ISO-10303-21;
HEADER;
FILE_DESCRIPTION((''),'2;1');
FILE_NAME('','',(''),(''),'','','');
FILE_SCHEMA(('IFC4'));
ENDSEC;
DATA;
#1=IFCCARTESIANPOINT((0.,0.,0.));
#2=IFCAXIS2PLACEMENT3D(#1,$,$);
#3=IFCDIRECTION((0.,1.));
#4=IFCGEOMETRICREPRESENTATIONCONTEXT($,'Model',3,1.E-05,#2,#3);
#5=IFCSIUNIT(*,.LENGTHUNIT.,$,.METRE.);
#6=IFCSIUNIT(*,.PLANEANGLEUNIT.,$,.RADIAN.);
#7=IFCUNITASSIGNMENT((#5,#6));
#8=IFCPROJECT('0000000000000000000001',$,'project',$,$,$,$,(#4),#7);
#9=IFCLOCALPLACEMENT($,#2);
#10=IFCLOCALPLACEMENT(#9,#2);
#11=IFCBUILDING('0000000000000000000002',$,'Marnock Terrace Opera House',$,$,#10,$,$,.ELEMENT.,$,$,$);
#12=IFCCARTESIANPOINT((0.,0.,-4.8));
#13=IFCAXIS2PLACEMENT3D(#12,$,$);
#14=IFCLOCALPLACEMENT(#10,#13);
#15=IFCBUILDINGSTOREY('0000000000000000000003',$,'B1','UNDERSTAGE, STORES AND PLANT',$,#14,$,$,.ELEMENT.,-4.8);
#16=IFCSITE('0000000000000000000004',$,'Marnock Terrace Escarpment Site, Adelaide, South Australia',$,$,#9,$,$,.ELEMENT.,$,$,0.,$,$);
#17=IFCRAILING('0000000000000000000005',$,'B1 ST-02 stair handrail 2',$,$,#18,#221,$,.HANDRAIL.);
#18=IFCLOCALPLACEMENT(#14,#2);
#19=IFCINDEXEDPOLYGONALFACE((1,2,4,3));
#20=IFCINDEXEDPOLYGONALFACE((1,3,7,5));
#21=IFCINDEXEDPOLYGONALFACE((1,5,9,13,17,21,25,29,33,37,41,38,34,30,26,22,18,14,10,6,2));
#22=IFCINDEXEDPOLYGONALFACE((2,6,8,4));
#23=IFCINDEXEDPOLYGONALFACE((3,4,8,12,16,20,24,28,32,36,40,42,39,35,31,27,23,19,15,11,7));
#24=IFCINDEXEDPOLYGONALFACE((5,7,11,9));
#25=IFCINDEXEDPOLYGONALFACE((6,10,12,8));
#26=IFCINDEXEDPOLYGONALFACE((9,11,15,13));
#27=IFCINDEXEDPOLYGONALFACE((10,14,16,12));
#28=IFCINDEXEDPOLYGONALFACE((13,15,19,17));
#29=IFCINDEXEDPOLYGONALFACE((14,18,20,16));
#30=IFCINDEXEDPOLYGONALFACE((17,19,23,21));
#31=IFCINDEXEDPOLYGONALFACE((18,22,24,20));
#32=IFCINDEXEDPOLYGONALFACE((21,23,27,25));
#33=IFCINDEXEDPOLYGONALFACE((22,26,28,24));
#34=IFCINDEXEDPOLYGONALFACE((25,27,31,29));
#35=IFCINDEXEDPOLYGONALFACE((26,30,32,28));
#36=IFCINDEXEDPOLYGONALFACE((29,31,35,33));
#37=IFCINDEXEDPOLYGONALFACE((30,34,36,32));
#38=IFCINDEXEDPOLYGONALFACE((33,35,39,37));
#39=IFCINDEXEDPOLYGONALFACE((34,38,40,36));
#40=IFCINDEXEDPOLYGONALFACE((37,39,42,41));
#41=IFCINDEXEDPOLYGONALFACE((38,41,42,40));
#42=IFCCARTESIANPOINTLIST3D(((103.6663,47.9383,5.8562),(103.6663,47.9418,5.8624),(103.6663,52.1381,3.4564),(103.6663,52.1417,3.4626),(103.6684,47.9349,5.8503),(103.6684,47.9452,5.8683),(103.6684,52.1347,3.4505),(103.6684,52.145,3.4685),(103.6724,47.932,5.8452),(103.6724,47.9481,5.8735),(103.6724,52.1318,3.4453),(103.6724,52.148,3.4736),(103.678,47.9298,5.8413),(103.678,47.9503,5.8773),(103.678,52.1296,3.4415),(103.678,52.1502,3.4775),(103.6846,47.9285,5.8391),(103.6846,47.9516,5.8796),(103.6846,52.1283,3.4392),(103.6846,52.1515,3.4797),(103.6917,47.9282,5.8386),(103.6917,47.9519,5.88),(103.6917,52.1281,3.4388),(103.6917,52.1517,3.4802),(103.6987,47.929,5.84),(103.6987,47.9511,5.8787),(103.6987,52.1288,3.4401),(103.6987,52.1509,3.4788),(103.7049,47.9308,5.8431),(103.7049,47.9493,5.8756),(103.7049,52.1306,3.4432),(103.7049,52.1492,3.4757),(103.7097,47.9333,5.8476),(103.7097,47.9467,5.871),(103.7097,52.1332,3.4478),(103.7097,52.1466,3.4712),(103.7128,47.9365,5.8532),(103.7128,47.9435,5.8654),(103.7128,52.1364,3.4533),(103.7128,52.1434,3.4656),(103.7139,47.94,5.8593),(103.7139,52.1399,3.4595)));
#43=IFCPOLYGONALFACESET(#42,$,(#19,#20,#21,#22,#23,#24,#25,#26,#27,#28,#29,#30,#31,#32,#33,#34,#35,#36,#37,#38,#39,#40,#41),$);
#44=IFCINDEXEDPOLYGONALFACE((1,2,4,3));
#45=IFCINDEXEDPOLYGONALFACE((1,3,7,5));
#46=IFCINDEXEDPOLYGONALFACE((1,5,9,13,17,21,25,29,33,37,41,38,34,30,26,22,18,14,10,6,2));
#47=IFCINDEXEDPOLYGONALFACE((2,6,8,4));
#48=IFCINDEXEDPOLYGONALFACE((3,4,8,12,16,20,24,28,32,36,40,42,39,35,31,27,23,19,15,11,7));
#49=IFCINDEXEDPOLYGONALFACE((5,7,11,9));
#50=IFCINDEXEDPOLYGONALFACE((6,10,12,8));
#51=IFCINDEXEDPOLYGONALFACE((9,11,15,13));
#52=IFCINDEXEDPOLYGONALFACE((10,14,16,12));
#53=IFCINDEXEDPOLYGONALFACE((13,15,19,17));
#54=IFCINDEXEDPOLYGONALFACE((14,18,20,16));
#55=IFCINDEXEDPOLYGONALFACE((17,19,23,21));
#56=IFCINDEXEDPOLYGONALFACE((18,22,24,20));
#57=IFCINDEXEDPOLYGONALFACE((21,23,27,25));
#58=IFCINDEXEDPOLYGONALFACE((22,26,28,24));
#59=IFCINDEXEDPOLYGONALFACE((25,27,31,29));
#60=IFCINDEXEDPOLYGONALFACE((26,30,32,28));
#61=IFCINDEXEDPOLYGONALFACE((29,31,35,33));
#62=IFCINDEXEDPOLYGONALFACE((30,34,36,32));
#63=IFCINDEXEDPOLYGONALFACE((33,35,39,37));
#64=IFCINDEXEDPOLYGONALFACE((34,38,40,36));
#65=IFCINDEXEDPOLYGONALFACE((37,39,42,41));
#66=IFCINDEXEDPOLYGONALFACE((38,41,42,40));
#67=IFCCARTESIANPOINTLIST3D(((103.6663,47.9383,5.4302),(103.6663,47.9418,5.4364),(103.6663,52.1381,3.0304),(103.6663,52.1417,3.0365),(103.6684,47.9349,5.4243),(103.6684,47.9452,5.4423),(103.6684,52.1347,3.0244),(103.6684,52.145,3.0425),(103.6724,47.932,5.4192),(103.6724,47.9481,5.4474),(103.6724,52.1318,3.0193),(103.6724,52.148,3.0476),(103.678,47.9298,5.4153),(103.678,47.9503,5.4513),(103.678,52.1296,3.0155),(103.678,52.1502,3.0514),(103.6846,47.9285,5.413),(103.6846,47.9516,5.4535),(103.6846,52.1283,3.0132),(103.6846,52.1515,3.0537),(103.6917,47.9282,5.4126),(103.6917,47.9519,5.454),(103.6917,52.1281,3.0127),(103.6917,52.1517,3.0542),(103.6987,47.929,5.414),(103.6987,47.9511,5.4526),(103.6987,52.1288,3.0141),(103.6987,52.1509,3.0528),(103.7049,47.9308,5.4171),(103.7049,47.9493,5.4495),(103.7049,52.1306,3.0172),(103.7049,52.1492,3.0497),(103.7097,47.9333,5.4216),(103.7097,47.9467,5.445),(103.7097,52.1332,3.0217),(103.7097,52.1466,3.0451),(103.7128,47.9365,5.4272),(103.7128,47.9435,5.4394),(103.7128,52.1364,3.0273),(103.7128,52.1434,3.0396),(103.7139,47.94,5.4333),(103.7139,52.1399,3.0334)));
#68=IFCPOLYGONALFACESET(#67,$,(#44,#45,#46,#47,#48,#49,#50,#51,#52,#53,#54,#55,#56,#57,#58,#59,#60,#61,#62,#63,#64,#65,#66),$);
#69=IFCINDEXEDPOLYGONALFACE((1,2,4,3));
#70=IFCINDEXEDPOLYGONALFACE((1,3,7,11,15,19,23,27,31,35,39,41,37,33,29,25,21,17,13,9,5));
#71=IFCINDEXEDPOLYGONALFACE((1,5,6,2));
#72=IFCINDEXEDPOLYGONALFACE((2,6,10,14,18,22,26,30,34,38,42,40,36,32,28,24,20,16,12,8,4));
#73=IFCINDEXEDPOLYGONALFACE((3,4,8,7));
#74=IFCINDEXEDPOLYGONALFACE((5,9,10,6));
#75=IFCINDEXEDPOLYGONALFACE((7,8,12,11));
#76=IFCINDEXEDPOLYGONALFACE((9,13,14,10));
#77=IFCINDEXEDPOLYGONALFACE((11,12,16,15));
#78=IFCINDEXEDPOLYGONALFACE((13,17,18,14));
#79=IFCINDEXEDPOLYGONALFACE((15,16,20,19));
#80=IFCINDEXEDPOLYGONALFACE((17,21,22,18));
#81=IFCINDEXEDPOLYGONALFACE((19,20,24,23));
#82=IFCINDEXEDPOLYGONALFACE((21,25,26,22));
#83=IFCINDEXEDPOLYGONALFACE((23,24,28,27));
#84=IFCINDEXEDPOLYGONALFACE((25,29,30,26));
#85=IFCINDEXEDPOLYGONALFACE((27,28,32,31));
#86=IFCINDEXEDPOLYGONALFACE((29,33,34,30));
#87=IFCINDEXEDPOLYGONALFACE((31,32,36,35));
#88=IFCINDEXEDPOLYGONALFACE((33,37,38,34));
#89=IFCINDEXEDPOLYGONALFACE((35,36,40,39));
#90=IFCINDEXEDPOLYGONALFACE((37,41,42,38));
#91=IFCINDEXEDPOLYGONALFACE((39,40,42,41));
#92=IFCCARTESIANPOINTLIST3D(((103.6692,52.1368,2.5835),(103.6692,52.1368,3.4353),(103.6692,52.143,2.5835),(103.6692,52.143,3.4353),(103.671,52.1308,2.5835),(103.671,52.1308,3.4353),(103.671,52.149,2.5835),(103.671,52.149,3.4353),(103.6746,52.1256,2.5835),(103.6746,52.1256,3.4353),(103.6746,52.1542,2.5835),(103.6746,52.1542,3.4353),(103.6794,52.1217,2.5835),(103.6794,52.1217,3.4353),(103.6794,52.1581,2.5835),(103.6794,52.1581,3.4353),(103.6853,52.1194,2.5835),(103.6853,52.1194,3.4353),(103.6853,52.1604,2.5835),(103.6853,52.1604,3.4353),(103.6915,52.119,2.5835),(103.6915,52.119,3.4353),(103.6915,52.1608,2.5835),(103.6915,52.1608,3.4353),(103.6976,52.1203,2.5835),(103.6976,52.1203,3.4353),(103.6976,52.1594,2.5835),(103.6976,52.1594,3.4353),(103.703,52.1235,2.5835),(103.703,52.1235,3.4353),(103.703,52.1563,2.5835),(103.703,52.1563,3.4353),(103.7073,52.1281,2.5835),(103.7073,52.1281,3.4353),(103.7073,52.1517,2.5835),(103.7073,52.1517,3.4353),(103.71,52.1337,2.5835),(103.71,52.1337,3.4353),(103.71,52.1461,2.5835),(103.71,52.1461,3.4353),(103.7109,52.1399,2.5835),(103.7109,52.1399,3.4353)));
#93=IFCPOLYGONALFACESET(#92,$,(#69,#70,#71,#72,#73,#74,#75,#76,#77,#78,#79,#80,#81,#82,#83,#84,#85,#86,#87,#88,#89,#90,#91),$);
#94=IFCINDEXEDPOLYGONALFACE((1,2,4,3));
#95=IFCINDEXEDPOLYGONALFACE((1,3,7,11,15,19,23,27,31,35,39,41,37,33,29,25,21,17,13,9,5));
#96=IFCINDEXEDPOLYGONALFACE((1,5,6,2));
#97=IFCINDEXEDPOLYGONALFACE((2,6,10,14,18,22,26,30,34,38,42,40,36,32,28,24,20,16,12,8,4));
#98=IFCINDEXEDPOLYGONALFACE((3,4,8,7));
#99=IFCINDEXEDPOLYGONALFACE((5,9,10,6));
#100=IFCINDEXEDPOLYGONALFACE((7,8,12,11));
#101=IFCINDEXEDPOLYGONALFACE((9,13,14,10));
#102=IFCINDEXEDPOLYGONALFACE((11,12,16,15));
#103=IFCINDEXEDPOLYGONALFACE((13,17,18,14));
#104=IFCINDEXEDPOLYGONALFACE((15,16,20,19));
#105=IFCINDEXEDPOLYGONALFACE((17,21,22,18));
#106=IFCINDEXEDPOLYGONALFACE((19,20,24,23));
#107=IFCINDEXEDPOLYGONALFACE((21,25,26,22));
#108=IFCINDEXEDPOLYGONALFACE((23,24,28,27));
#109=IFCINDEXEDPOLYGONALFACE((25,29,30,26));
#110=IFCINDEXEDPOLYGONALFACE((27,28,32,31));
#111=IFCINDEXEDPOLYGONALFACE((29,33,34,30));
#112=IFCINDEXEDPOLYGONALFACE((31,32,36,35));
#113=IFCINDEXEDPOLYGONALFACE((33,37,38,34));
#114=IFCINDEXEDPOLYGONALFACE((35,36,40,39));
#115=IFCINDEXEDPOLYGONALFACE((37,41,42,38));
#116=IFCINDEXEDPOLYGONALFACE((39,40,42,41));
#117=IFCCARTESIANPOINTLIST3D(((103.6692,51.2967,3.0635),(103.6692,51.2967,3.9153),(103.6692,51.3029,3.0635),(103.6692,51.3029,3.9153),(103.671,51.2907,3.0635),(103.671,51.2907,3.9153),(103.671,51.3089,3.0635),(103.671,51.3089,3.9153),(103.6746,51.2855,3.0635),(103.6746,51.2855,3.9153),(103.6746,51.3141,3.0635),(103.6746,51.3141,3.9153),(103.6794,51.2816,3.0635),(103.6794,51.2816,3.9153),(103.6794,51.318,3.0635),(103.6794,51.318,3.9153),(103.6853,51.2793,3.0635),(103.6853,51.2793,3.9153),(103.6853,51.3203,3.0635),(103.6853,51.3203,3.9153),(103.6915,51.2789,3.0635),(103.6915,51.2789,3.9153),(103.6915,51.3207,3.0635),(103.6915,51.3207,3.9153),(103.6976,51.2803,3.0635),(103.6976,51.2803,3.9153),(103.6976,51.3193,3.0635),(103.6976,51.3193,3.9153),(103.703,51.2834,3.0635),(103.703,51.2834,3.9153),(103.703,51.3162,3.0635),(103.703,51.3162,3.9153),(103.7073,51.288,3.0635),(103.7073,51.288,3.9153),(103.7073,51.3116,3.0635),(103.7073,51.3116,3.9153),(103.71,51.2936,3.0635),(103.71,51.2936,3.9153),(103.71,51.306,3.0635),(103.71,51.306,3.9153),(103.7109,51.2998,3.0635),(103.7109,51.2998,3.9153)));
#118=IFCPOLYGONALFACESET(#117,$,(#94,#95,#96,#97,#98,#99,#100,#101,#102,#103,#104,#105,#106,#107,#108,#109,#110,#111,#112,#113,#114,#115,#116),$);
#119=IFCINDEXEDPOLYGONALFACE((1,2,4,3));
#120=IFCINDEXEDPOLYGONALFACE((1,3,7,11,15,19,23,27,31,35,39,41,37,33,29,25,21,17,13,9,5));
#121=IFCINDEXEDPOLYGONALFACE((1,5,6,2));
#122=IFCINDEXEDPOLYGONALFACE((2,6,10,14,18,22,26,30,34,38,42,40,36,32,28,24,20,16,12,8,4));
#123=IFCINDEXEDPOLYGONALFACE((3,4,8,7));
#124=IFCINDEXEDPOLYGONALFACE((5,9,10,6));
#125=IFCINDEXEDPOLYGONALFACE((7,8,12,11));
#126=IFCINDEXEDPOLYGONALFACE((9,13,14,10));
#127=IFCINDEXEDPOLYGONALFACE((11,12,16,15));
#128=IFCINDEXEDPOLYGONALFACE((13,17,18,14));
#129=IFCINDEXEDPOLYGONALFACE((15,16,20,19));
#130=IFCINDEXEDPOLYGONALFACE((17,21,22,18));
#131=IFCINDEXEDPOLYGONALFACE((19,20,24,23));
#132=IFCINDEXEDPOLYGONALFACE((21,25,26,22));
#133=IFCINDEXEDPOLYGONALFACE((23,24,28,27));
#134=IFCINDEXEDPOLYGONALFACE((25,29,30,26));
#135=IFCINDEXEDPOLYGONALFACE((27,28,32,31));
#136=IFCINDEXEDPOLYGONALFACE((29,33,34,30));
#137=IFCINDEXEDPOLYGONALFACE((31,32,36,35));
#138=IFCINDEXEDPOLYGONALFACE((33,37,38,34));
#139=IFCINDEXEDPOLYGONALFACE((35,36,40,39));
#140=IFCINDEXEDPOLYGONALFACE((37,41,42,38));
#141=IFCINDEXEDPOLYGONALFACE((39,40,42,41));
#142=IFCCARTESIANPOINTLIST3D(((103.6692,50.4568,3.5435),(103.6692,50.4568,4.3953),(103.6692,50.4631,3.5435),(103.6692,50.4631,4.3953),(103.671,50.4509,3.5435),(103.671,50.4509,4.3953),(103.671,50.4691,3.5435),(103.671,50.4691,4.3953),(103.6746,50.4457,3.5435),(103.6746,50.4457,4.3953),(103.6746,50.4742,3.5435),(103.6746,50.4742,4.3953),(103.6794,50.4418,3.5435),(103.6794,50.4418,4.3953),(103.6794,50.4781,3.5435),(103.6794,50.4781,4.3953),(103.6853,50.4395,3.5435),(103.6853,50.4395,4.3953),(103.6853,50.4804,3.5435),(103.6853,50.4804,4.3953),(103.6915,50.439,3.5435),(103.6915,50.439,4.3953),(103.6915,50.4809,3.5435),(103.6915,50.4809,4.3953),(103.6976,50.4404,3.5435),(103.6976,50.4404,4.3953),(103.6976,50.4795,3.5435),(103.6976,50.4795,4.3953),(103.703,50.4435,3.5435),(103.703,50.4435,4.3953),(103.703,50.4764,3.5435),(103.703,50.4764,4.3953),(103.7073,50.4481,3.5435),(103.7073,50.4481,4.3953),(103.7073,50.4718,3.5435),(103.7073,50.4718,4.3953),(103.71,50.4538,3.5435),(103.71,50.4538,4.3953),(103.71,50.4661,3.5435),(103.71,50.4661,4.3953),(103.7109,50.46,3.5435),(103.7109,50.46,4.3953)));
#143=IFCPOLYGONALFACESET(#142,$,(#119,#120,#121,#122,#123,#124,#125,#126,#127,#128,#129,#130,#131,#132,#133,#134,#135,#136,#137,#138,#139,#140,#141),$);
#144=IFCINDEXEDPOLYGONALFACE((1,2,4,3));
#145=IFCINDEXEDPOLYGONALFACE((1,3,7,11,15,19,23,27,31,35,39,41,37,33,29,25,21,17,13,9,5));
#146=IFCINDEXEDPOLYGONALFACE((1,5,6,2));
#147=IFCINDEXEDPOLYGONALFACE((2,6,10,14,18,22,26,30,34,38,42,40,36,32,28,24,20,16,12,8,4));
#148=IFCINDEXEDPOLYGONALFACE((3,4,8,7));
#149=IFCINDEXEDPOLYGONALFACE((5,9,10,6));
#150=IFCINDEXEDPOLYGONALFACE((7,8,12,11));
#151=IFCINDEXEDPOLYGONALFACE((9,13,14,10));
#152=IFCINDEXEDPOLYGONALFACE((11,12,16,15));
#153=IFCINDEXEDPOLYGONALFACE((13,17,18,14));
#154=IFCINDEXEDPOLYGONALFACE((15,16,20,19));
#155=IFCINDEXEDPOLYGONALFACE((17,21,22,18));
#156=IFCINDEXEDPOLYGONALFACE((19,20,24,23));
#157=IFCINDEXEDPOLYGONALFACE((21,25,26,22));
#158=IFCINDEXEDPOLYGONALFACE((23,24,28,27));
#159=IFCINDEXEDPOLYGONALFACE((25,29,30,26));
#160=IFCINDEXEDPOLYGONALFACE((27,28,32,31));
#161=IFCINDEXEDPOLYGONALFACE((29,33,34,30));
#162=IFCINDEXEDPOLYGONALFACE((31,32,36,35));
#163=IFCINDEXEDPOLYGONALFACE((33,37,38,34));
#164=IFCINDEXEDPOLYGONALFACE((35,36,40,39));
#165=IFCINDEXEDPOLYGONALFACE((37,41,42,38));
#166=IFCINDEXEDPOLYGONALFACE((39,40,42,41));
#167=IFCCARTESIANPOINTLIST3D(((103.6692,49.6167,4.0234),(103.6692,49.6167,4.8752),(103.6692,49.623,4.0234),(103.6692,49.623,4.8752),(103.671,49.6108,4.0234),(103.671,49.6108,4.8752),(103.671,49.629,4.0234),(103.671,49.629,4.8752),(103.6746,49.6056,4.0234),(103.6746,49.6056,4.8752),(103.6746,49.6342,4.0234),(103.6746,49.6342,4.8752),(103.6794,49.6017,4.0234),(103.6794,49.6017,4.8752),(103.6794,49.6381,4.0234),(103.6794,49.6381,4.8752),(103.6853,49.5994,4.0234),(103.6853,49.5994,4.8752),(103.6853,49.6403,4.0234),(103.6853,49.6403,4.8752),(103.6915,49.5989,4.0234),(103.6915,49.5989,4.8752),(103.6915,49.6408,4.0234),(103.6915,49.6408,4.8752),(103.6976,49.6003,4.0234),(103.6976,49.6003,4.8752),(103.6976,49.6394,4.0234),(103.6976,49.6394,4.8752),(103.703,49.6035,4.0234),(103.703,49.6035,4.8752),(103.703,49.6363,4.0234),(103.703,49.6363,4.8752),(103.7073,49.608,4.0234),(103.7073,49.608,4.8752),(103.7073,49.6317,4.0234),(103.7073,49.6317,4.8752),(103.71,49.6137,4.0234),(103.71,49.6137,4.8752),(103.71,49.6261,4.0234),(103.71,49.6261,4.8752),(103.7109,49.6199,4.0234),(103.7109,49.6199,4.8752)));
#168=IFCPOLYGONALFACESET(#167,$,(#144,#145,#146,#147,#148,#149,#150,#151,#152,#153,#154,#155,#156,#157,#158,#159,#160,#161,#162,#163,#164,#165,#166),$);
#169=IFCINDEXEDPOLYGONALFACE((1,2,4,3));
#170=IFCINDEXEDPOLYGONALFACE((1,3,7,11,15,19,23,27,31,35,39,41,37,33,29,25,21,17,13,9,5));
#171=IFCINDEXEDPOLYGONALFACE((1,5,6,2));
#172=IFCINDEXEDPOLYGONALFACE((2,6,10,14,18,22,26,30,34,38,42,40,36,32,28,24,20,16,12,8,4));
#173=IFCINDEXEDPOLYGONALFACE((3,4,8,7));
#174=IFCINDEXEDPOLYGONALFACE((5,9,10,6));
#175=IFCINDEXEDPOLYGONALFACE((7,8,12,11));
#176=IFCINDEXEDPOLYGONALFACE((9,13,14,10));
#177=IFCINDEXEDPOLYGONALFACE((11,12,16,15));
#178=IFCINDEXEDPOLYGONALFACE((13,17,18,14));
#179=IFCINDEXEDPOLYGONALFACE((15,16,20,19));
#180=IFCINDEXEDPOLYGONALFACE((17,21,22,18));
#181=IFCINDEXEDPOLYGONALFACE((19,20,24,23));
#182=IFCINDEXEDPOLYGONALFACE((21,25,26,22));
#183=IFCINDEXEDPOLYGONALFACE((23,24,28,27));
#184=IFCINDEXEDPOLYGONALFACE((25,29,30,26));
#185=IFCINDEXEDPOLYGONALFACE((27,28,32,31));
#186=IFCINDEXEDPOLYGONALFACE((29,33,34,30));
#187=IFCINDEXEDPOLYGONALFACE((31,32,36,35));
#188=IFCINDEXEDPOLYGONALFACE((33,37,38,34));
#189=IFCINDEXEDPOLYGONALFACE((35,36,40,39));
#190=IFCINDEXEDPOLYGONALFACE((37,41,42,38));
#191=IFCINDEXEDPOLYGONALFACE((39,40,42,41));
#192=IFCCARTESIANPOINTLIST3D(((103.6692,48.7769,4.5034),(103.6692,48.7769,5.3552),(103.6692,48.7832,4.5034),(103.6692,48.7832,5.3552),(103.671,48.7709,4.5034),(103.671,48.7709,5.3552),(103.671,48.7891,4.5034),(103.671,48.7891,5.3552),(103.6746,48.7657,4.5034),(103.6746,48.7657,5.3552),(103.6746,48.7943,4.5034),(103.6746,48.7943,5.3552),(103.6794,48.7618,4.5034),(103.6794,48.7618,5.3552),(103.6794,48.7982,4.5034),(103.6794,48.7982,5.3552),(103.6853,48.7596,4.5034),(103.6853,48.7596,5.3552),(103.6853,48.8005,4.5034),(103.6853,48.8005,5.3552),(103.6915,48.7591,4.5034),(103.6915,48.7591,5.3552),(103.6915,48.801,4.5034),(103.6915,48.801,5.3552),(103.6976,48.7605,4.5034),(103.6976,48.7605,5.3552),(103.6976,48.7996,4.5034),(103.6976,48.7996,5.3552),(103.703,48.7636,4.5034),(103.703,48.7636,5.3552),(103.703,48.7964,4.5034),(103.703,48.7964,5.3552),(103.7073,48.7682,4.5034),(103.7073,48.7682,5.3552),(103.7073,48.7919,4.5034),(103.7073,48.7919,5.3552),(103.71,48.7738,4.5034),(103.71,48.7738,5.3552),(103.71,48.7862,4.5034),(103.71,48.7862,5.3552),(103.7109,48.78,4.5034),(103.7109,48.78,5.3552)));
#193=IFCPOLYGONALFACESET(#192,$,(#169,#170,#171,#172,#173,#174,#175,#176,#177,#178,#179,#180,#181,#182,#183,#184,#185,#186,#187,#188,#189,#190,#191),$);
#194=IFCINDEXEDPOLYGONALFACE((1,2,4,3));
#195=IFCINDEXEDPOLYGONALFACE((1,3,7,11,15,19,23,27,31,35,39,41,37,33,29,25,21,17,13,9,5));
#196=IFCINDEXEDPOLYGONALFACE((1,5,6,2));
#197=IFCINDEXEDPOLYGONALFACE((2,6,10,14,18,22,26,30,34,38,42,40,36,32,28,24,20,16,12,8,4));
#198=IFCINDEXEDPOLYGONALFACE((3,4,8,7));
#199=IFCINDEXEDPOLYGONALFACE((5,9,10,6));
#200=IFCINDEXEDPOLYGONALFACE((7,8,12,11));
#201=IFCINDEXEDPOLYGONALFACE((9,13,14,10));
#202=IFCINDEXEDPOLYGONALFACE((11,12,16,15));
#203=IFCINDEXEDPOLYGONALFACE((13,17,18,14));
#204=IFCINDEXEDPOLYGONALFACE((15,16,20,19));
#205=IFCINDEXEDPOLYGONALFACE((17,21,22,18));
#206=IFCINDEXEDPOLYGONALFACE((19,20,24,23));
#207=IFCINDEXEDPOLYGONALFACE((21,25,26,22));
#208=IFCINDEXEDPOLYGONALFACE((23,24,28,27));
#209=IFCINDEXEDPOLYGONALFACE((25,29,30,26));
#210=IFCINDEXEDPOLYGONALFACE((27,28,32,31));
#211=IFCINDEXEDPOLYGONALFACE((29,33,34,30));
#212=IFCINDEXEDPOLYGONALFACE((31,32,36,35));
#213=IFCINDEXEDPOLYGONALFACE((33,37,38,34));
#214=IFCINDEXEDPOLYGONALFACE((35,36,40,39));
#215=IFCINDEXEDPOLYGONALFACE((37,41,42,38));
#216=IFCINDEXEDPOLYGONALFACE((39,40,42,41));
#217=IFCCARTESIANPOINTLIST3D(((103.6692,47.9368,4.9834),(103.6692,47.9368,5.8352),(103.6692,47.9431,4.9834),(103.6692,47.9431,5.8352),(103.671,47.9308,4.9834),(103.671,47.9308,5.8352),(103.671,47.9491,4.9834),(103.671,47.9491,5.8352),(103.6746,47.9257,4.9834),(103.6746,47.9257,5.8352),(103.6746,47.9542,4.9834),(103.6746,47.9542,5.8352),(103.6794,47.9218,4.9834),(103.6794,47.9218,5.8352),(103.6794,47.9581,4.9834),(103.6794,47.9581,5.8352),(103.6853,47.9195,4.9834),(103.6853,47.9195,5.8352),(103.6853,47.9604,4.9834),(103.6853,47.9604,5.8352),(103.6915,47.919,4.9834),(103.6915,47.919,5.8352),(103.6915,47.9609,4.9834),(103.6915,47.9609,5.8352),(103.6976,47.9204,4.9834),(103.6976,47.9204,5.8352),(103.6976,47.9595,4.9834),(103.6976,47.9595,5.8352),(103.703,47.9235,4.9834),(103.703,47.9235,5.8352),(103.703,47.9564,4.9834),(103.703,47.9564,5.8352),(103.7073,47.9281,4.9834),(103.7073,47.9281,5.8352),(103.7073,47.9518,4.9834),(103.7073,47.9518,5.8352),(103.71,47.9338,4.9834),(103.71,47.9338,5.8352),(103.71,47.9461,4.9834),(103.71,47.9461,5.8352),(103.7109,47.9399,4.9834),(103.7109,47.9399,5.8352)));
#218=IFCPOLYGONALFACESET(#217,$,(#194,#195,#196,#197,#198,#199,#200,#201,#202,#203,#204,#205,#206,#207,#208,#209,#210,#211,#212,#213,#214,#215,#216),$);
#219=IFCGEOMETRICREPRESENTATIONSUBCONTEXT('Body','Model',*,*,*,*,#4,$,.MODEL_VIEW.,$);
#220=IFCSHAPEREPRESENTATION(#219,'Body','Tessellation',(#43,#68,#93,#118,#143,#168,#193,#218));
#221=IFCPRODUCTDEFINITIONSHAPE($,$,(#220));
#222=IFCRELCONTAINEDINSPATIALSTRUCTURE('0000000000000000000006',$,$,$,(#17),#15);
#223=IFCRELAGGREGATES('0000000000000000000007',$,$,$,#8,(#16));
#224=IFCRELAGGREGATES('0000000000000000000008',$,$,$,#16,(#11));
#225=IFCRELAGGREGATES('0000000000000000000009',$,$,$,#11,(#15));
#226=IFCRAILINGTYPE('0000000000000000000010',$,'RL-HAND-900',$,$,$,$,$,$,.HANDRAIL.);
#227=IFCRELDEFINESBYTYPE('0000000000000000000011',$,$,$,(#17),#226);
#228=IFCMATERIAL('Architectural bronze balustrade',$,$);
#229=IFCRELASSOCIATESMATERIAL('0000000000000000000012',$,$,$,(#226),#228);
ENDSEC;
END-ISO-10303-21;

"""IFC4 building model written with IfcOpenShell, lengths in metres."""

from ifc_helpers import new_model, si_unit, direction, frame, origin, origin_2d, place, context, subcontext, project, spatial, circle, extrude, material, type_object, element, save


model = new_model("IFC4")

# Units and contexts
model_context = context("Model", 3, precision=1e-05, world=origin(), true_north=direction((0.0, 1.0)))
body_context = subcontext(model_context, "Body", "Model", "MODEL_VIEW")
ifc_project = project(units=[si_unit("LENGTHUNIT", "METRE"), si_unit("PLANEANGLEUNIT", "RADIAN")], contexts=[model_context])

# Site, building, storey
site_placement = place(None, origin())
site = spatial("IfcSite", under=ifc_project, at=site_placement, Name="Marnock Terrace Escarpment Site, Adelaide, South Australia", CompositionType="ELEMENT", RefElevation=0.0)
building_placement = place(site_placement, origin())
building = spatial("IfcBuilding", under=site, at=building_placement, Name="Marnock Terrace Opera House", CompositionType="ELEMENT")
storey_placement = place(building_placement, frame((0.0, 0.0, -4.8)))
storey = spatial("IfcBuildingStorey", under=building, at=storey_placement, Name="B1", Description="UNDERSTAGE, STORES AND PLANT", CompositionType="ELEMENT", Elevation=-4.8)

# Railing
ifc_material_1 = material(Name="Architectural bronze balustrade")
railing_type_1 = type_object("IfcRailingType", Name="RL-HAND-900", PredefinedType="HANDRAIL", material=ifc_material_1)
railing_1_placement = place(storey_placement, frame((103.6899, 52.1399, 2.5835)))
element("IfcRailing", 1, at=railing_1_placement, inside=storey, type_object=railing_type_1, Name="B1 ST-02 stair handrail 2", PredefinedType="HANDRAIL", context=body_context, shape_type="SweptSolid", body=[
    extrude(circle(Radius=0.0239, at=origin_2d()), frame((0.0, 0.0, 0.876), z_axis=(0.0, -0.868249, 0.496128), x_axis=(1.0, 0.0, 0.0)), (0.0, 0.0, 1.0), 4.8372),
    extrude(circle(Radius=0.0239, at=origin_2d()), frame((0.0, 0.0, 0.45), z_axis=(0.0, -0.868249, 0.496128), x_axis=(1.0, 0.0, 0.0)), (0.0, 0.0, 1.0), 4.8372),
    extrude(circle(Radius=0.021, at=origin_2d()), origin(), (0.0, 0.0, 1.0), 0.8518),
    extrude(circle(Radius=0.021, at=origin_2d()), frame((0.0, -0.8401, 0.48)), (0.0, 0.0, 1.0), 0.8518),
    extrude(circle(Radius=0.021, at=origin_2d()), frame((0.0, -1.6799, 0.96)), (0.0, 0.0, 1.0), 0.8518),
    extrude(circle(Radius=0.021, at=origin_2d()), frame((0.0, -2.52, 1.4399)), (0.0, 0.0, 1.0), 0.8518),
    extrude(circle(Radius=0.021, at=origin_2d()), frame((0.0, -3.3599, 1.9199)), (0.0, 0.0, 1.0), 0.8518),
    extrude(circle(Radius=0.021, at=origin_2d()), frame((0.0, -4.2, 2.3999)), (0.0, 0.0, 1.0), 0.8518),
])

save(model, "model.ifc")
